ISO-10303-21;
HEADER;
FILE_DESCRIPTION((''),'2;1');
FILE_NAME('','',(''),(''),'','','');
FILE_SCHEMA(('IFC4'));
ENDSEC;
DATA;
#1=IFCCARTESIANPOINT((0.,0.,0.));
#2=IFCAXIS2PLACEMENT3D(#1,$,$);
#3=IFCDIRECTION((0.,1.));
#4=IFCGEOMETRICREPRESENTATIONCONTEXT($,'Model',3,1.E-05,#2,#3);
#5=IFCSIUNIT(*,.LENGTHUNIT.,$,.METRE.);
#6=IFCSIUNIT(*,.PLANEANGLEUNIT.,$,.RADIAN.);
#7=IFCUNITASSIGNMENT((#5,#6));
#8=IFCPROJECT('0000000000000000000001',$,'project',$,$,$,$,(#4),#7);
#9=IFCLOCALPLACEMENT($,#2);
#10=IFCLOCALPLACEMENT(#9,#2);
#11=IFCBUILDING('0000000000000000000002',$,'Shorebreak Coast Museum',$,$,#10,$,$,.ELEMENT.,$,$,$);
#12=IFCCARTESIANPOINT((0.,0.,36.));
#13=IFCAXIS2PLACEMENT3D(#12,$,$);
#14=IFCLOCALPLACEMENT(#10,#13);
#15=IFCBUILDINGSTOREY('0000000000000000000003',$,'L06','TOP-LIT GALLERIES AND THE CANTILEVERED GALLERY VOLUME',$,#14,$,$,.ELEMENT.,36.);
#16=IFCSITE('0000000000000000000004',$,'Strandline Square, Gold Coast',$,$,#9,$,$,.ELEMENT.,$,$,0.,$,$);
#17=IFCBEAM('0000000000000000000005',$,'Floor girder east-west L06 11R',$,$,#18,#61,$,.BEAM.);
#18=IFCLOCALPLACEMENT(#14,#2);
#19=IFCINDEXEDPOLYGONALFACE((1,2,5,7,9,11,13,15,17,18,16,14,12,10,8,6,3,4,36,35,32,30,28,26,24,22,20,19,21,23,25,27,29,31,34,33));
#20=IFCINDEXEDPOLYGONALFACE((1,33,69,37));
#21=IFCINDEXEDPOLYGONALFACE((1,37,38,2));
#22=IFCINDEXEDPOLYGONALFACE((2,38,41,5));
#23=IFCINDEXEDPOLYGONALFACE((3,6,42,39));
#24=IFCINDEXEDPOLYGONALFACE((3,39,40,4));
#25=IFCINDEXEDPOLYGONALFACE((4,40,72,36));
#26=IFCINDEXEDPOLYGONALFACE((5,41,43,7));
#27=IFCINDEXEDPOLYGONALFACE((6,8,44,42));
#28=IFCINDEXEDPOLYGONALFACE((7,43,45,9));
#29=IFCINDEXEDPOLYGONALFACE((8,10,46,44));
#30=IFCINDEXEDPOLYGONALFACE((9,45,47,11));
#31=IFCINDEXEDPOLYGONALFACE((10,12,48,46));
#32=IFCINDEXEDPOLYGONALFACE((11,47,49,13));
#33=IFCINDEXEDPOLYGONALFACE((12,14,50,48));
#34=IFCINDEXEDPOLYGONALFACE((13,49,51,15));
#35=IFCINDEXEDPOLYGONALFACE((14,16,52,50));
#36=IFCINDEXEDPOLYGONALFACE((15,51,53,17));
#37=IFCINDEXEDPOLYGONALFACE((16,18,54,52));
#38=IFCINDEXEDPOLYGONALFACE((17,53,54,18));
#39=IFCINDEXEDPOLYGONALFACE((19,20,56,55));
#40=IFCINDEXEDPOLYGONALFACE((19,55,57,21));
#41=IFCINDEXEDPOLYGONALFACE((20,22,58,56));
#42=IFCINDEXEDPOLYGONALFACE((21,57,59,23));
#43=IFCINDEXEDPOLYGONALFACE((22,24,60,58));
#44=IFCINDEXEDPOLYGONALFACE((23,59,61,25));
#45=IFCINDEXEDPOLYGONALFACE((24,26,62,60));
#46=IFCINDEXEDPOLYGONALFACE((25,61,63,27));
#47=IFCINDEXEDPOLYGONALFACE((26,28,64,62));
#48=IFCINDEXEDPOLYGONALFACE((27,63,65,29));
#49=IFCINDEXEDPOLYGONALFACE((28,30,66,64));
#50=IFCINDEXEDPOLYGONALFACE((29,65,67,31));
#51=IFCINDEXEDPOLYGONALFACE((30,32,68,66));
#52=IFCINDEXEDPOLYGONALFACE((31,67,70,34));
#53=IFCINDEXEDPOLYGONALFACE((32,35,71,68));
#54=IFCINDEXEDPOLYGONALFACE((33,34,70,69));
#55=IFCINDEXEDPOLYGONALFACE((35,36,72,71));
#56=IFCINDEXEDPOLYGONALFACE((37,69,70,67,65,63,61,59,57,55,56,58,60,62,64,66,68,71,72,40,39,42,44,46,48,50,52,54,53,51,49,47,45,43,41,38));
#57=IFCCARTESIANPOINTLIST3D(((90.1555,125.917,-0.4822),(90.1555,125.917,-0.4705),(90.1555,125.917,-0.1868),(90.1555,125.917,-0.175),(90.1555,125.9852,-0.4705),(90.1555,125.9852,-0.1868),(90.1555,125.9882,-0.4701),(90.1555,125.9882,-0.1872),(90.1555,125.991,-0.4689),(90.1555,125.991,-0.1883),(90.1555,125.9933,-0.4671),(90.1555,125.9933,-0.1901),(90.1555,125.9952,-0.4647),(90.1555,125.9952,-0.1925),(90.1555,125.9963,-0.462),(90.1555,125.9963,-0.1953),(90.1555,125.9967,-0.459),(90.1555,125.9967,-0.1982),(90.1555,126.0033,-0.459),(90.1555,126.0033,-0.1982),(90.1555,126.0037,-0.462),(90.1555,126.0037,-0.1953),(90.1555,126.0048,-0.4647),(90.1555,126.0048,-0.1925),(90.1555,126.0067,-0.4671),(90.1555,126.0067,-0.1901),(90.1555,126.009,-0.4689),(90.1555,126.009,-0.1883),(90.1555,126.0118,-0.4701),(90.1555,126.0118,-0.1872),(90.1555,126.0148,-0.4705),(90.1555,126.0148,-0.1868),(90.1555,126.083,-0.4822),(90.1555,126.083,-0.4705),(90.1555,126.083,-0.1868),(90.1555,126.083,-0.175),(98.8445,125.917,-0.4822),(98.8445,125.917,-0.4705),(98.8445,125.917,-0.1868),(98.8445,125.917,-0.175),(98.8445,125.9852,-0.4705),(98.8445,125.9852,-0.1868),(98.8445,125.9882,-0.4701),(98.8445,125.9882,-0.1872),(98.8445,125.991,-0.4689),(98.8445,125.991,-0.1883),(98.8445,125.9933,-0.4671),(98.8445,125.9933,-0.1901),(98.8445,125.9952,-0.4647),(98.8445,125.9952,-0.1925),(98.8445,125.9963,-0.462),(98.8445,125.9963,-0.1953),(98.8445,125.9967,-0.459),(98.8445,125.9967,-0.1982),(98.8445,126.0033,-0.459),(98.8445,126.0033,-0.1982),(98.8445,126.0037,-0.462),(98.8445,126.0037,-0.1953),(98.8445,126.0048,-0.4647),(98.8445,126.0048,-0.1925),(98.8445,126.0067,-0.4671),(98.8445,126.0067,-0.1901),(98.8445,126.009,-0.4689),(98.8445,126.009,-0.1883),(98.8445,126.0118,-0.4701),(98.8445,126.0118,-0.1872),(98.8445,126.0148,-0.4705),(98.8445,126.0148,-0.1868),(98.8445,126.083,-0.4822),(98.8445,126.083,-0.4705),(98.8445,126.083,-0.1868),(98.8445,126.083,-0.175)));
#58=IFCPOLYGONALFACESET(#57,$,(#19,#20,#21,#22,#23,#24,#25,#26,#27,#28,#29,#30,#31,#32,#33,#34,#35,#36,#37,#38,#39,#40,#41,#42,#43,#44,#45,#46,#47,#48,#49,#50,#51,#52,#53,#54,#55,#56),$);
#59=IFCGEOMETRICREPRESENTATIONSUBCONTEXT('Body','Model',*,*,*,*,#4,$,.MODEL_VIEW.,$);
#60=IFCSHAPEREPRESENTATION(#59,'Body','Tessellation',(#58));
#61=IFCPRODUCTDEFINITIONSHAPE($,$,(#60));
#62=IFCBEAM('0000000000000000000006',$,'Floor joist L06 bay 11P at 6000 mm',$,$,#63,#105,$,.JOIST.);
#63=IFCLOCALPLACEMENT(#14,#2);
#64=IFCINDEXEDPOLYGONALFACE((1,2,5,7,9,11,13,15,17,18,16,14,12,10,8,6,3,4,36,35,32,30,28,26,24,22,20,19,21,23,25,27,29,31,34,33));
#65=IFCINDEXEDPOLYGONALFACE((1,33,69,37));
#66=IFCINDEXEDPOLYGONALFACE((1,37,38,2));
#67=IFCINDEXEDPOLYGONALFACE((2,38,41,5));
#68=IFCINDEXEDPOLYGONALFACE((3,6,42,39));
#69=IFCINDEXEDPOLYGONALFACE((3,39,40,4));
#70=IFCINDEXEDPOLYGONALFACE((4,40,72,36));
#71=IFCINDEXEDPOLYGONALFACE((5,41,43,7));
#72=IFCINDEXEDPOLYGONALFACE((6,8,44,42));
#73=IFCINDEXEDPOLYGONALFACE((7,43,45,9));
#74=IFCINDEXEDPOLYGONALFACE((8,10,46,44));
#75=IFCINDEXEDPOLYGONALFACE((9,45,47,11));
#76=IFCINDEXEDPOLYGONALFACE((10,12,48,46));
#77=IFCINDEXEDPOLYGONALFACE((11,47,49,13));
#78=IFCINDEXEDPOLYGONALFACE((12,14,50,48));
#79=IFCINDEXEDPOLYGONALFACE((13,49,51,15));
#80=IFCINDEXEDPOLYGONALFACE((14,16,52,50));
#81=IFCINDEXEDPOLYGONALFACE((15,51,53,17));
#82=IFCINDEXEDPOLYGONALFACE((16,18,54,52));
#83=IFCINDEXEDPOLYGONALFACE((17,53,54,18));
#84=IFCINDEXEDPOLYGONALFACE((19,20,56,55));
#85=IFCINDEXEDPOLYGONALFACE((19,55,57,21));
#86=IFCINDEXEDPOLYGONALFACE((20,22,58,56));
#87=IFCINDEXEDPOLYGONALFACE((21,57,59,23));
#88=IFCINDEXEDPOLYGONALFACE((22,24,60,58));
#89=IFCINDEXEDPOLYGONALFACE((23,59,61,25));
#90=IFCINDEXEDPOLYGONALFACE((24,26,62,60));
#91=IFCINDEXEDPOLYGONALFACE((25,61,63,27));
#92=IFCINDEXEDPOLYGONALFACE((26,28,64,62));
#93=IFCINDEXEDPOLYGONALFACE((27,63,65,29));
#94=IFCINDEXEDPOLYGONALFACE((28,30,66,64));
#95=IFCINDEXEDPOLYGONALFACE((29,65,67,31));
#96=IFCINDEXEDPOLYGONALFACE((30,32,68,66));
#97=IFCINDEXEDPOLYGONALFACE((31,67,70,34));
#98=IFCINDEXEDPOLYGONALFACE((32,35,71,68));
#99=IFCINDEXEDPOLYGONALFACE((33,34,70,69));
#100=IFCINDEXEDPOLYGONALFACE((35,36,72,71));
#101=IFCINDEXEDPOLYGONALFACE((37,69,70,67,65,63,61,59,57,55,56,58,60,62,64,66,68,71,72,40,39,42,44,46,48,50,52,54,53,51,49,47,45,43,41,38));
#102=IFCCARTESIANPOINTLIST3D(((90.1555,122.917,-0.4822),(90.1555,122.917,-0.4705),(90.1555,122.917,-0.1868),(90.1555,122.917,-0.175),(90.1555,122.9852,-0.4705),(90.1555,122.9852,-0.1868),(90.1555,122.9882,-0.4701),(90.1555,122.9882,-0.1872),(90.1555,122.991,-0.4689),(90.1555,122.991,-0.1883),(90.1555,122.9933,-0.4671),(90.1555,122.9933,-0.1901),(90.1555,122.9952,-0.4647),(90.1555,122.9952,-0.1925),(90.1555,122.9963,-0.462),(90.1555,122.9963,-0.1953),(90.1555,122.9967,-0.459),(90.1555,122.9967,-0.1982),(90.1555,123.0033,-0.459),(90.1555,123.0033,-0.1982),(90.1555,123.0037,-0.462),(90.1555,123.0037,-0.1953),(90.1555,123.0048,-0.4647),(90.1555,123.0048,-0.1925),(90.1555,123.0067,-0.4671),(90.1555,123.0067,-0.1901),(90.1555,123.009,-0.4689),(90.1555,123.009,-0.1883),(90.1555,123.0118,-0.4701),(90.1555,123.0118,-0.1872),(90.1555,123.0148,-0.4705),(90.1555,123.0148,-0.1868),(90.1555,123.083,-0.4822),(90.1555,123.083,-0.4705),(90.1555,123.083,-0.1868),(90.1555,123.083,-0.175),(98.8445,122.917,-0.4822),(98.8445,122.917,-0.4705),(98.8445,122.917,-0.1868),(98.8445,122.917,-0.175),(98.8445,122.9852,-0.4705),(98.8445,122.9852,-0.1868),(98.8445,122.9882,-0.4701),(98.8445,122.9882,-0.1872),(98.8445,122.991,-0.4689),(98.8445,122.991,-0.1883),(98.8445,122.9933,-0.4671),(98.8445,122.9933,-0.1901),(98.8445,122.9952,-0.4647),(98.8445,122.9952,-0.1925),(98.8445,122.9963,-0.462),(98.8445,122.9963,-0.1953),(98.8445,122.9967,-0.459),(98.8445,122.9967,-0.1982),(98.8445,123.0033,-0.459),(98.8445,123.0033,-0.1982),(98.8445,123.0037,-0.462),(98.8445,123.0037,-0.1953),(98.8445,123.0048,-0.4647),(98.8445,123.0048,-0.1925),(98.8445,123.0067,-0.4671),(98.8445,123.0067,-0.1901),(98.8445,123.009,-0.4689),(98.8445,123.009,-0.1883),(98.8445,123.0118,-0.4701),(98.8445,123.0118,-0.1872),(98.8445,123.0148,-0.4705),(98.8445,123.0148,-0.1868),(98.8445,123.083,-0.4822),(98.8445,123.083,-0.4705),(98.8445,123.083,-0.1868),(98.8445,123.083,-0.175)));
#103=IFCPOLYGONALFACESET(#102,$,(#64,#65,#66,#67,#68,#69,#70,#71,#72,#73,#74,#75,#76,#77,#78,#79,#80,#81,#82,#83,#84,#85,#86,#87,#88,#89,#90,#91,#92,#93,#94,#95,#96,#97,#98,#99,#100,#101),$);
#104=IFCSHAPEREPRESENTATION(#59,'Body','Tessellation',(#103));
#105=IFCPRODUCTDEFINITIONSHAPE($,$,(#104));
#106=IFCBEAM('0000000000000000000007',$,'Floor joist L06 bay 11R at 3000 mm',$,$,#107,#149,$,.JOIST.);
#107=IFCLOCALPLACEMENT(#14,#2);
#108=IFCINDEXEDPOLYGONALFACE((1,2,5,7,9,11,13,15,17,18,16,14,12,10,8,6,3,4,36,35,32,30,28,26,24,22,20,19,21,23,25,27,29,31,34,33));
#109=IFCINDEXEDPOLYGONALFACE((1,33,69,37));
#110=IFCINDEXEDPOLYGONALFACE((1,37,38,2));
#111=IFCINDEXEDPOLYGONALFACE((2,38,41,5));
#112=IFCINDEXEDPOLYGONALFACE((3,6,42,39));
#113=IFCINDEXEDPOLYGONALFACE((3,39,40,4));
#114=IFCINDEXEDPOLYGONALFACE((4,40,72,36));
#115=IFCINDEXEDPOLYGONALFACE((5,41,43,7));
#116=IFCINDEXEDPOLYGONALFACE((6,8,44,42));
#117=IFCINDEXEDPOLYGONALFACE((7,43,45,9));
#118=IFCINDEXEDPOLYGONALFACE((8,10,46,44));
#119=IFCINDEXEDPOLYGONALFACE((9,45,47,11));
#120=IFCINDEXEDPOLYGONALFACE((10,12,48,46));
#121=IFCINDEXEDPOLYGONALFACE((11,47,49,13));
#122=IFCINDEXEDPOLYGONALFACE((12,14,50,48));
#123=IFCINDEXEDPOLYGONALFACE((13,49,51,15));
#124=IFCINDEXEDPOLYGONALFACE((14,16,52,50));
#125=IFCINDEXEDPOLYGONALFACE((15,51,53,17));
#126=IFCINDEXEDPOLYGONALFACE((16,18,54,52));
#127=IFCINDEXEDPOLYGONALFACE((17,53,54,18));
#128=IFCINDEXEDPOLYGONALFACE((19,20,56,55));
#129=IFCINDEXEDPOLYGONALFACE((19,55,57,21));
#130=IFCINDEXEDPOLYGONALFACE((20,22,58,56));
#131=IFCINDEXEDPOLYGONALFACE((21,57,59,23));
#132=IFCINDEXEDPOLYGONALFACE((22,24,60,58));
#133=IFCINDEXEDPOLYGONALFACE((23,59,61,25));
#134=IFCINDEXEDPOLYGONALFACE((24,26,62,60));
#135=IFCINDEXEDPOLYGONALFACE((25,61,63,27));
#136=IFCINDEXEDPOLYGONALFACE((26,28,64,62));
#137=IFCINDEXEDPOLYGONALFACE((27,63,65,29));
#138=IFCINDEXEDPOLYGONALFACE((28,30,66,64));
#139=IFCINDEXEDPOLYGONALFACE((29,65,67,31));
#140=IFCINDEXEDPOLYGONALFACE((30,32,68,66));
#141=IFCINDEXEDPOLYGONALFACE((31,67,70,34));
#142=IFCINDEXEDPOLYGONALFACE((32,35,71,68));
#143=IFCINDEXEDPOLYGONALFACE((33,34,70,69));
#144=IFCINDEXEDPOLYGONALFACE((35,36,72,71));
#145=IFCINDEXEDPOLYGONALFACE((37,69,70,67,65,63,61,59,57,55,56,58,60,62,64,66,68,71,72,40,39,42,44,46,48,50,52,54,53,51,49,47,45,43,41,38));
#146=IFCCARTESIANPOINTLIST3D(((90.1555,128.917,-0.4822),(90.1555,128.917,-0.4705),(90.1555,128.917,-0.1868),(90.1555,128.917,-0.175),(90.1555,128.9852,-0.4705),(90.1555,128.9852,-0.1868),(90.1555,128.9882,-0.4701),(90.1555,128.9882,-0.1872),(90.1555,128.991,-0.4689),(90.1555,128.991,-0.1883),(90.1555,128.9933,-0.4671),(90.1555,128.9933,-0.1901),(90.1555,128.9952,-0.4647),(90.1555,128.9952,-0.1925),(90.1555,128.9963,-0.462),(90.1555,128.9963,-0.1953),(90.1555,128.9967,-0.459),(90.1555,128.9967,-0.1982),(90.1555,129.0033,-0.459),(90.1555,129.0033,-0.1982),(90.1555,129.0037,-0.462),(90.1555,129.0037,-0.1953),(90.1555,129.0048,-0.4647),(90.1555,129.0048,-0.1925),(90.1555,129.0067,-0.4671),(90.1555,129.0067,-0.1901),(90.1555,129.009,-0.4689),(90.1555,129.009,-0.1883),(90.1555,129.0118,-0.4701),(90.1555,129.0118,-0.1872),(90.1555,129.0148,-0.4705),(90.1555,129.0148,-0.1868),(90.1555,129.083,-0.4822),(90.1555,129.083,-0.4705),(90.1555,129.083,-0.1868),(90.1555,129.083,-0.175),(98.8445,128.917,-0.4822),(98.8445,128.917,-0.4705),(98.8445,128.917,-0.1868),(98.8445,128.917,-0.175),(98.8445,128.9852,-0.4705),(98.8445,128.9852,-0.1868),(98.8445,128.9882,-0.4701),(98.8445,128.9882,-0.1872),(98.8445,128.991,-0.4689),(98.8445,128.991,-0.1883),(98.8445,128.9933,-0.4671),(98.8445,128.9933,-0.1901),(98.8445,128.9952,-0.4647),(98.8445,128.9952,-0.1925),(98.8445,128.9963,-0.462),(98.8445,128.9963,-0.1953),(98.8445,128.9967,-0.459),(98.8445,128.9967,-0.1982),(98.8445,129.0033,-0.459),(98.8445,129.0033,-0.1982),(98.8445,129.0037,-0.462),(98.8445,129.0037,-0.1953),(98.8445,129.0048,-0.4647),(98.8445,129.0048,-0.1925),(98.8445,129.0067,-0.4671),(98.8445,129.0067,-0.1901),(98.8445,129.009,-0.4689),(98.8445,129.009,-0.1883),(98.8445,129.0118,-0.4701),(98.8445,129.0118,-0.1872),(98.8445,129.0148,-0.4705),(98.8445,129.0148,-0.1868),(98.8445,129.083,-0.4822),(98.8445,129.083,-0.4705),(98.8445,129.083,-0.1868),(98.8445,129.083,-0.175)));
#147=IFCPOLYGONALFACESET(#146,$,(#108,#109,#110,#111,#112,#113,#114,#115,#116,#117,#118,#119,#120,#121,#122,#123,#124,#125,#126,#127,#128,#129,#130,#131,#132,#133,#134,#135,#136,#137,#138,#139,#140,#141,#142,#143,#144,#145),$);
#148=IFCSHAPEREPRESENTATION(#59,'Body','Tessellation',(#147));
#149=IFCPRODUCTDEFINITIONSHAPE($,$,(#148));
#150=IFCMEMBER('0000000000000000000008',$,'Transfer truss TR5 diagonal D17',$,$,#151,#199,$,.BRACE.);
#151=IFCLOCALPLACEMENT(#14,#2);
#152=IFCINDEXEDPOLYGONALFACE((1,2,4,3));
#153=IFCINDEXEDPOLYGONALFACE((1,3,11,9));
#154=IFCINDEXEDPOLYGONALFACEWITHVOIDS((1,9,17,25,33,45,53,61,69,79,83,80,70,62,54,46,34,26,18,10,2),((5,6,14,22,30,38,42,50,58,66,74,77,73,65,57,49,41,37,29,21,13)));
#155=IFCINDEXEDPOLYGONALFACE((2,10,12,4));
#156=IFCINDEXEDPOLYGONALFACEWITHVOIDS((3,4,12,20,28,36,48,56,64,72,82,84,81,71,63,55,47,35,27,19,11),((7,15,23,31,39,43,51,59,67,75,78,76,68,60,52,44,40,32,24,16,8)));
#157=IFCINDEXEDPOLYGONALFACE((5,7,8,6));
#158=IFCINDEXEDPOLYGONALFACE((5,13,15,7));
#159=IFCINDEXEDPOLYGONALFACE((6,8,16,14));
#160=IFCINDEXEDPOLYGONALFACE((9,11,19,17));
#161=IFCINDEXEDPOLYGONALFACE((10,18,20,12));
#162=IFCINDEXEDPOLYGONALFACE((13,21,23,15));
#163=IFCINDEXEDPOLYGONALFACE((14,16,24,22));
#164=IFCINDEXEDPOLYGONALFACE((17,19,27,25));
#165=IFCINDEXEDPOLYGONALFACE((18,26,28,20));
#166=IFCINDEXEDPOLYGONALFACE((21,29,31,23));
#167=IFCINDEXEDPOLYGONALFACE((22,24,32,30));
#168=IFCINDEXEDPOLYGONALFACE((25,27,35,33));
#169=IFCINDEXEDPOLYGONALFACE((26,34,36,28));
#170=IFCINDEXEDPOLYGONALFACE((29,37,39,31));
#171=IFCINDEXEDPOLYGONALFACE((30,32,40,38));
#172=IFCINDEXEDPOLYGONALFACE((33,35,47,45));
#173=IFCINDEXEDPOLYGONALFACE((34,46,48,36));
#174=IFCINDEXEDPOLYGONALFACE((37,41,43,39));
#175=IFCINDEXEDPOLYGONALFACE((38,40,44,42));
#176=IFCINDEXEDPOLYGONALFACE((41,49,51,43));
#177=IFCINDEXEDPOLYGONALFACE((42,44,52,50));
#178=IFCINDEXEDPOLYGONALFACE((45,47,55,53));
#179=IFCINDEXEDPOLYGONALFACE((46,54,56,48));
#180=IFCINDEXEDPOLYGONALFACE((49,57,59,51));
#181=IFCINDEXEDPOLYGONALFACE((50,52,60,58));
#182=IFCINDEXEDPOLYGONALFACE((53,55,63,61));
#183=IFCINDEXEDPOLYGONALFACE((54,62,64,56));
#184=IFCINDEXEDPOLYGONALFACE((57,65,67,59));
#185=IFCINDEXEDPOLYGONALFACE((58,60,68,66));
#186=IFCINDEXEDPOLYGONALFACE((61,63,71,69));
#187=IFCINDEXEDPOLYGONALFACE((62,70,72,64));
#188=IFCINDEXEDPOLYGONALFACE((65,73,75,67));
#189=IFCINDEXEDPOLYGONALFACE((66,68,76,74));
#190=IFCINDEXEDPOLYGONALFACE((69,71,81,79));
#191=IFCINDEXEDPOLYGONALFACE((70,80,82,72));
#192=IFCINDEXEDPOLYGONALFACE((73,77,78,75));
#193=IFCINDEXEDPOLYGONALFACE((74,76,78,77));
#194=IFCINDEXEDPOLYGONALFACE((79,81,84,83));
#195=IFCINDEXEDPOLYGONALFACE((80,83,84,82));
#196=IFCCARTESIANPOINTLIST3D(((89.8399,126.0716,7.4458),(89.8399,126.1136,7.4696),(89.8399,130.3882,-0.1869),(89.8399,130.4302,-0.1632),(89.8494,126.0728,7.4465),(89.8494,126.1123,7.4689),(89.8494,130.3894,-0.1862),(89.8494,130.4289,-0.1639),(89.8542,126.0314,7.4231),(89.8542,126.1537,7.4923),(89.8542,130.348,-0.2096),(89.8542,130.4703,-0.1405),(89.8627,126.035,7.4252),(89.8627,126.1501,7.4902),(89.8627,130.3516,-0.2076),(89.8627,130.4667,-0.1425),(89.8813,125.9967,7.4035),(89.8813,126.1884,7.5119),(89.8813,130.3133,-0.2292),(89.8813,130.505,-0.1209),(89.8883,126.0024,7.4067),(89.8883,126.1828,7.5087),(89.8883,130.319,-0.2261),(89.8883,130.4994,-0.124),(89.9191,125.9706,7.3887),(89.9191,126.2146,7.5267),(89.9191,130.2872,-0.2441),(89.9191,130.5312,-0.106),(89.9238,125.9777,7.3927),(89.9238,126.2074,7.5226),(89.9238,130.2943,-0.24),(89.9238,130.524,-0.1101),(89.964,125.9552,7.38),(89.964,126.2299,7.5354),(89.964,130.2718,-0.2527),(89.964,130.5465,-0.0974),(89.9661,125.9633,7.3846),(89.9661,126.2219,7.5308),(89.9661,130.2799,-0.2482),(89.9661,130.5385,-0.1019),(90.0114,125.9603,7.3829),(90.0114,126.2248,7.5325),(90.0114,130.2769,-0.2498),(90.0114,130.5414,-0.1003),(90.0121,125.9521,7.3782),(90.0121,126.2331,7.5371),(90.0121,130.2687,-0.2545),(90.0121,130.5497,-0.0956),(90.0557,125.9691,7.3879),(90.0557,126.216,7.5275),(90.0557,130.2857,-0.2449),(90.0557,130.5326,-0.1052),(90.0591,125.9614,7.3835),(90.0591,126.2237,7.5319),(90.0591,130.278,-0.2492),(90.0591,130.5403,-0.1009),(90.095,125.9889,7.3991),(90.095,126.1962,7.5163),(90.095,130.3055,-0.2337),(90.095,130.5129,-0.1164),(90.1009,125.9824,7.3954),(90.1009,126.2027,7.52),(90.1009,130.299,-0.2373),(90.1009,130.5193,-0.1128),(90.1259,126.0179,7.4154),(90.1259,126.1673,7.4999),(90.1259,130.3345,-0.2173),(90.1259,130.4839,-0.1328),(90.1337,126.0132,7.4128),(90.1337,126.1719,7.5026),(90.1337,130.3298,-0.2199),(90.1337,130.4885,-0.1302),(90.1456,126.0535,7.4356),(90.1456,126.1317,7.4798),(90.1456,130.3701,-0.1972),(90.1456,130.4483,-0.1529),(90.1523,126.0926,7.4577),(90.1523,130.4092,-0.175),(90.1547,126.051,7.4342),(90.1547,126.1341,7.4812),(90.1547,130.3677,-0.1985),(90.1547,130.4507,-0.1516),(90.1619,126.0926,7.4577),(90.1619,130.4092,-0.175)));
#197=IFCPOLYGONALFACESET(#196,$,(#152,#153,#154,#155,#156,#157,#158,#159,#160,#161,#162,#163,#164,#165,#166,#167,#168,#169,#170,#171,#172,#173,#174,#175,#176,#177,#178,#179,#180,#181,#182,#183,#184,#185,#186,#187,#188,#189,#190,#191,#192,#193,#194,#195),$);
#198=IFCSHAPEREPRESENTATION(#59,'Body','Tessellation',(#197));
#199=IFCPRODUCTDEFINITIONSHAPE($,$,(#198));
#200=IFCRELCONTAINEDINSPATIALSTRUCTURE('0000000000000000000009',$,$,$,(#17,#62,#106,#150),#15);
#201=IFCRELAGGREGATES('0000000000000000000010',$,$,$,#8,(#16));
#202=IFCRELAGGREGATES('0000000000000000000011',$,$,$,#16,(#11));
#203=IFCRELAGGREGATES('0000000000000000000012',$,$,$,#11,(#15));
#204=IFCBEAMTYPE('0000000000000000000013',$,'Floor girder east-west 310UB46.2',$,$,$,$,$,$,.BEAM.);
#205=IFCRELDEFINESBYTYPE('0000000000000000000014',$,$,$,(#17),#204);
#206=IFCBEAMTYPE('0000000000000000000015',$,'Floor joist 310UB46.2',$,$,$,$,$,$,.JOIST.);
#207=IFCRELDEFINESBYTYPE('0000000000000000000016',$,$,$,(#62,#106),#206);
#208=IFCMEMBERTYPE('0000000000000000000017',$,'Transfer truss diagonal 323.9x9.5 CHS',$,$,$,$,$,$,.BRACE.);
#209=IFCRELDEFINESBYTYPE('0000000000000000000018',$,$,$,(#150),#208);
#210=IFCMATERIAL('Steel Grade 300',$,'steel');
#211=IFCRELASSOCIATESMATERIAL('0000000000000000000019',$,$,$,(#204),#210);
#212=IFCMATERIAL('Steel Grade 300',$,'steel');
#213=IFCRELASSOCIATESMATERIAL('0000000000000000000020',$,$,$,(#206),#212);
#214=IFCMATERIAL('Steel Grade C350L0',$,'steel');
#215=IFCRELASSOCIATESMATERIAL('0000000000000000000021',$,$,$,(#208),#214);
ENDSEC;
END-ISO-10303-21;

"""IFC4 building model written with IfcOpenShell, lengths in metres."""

from ifc_helpers import new_model, si_unit, direction, frame, origin, origin_2d, place, context, subcontext, project, spatial, hollow_circle, i_section, extrude, material, material_profile, profile_set, type_object, element, save


model = new_model("IFC4")

# Units and contexts
model_context = context("Model", 3, precision=1e-05, world=origin(), true_north=direction((0.0, 1.0)))
body_context = subcontext(model_context, "Body", "Model", "MODEL_VIEW")
ifc_project = project(units=[si_unit("LENGTHUNIT", "METRE"), si_unit("PLANEANGLEUNIT", "RADIAN")], contexts=[model_context])

# Site, building, storey
site_placement = place(None, origin())
site = spatial("IfcSite", under=ifc_project, at=site_placement, Name="Strandline Square, Gold Coast", CompositionType="ELEMENT", RefElevation=0.0)
building_placement = place(site_placement, origin())
building = spatial("IfcBuilding", under=site, at=building_placement, Name="Shorebreak Coast Museum", CompositionType="ELEMENT")
storey_placement = place(building_placement, frame((0.0, 0.0, 36.0)))
storey = spatial("IfcBuildingStorey", under=building, at=storey_placement, Name="L06", Description="TOP-LIT GALLERIES AND THE CANTILEVERED GALLERY VOLUME", CompositionType="ELEMENT", Elevation=36.0)

# Beams
ifc_material_1 = material(Name="Steel Grade 300", Category="steel")
ifc_material_profile_1 = material_profile(ifc_material_1, i_section(OverallWidth=0.166, OverallDepth=0.3071, WebThickness=0.0066, FlangeThickness=0.0117, FilletRadius=0.0115, at=origin_2d()), Name="310UB46.2")
ifc_profile_set_1 = profile_set([ifc_material_profile_1], Name="Steel Grade 300")
beam_type_1 = type_object("IfcBeamType", Name="Floor girder east-west 310UB46.2", PredefinedType="BEAM", material=ifc_profile_set_1)
beam_placement = place(storey_placement, frame((90.1555, 126.0, -0.3286), z_axis=(1.0, 0.0, 0.0), x_axis=(0.0, 1.0, 0.0)))
element("IfcBeam", 1, at=beam_placement, inside=storey, type_object=beam_type_1, Name="Floor girder east-west L06 11R", PredefinedType="BEAM", context=body_context, shape_type="SweptSolid", body=[
    extrude(i_section(OverallWidth=0.166, OverallDepth=0.3071, WebThickness=0.0066, FlangeThickness=0.0117, FilletRadius=0.0115, at=origin_2d()), origin(), (0.0, 0.0, 1.0), 8.689),
])
ifc_material_2 = material(Name="Steel Grade 300", Category="steel")
ifc_material_profile_2 = material_profile(ifc_material_2, i_section(OverallWidth=0.166, OverallDepth=0.3071, WebThickness=0.0066, FlangeThickness=0.0117, FilletRadius=0.0115, at=origin_2d()), Name="310UB46.2")
ifc_profile_set_2 = profile_set([ifc_material_profile_2], Name="Steel Grade 300")
beam_type_2 = type_object("IfcBeamType", Name="Floor joist 310UB46.2", PredefinedType="JOIST", material=ifc_profile_set_2)
for number, where, z_axis, x_axis, name in (
    (2, (90.1555, 123.0, -0.3286), (1.0, 0.0, 0.0), (0.0, 1.0, 0.0), "Floor joist L06 bay 11P at 6000 mm"),
    (3, (90.1555, 129.0, -0.3286), (1.0, 0.0, 0.0), (0.0, 1.0, 0.0), "Floor joist L06 bay 11R at 3000 mm"),
):
    element("IfcBeam", number, at=place(storey_placement, frame(where, z_axis=z_axis, x_axis=x_axis)), inside=storey, type_object=beam_type_2, Name=name, PredefinedType="JOIST", context=body_context, shape_type="SweptSolid", body=[
        extrude(i_section(OverallWidth=0.166, OverallDepth=0.3071, WebThickness=0.0066, FlangeThickness=0.0117, FilletRadius=0.0115, at=origin_2d()), origin(), (0.0, 0.0, 1.0), 8.689),
    ])

# Member
ifc_material_3 = material(Name="Steel Grade C350L0", Category="steel")
ifc_material_profile_3 = material_profile(ifc_material_3, hollow_circle(Radius=0.1619, WallThickness=0.0095, at=origin_2d()), Name="323.9x9.5 CHS")
ifc_profile_set_3 = profile_set([ifc_material_profile_3], Name="Steel Grade C350L0")
member_type_1 = type_object("IfcMemberType", Name="Transfer truss diagonal 323.9x9.5 CHS", PredefinedType="BRACE", material=ifc_profile_set_3)
member_1_placement = place(storey_placement, frame((90.0, 130.4092, -0.175), z_axis=(0.0, -0.492269, 0.870443), x_axis=(1.0, 0.0, 0.0)))
element("IfcMember", 4, at=member_1_placement, inside=storey, type_object=member_type_1, Name="Transfer truss TR5 diagonal D17", PredefinedType="BRACE", context=body_context, shape_type="SweptSolid", body=[
    extrude(hollow_circle(Radius=0.1619, WallThickness=0.0095, at=origin_2d()), origin(), (0.0, 0.0, 1.0), 8.7688),
])

save(model, "model.ifc")
